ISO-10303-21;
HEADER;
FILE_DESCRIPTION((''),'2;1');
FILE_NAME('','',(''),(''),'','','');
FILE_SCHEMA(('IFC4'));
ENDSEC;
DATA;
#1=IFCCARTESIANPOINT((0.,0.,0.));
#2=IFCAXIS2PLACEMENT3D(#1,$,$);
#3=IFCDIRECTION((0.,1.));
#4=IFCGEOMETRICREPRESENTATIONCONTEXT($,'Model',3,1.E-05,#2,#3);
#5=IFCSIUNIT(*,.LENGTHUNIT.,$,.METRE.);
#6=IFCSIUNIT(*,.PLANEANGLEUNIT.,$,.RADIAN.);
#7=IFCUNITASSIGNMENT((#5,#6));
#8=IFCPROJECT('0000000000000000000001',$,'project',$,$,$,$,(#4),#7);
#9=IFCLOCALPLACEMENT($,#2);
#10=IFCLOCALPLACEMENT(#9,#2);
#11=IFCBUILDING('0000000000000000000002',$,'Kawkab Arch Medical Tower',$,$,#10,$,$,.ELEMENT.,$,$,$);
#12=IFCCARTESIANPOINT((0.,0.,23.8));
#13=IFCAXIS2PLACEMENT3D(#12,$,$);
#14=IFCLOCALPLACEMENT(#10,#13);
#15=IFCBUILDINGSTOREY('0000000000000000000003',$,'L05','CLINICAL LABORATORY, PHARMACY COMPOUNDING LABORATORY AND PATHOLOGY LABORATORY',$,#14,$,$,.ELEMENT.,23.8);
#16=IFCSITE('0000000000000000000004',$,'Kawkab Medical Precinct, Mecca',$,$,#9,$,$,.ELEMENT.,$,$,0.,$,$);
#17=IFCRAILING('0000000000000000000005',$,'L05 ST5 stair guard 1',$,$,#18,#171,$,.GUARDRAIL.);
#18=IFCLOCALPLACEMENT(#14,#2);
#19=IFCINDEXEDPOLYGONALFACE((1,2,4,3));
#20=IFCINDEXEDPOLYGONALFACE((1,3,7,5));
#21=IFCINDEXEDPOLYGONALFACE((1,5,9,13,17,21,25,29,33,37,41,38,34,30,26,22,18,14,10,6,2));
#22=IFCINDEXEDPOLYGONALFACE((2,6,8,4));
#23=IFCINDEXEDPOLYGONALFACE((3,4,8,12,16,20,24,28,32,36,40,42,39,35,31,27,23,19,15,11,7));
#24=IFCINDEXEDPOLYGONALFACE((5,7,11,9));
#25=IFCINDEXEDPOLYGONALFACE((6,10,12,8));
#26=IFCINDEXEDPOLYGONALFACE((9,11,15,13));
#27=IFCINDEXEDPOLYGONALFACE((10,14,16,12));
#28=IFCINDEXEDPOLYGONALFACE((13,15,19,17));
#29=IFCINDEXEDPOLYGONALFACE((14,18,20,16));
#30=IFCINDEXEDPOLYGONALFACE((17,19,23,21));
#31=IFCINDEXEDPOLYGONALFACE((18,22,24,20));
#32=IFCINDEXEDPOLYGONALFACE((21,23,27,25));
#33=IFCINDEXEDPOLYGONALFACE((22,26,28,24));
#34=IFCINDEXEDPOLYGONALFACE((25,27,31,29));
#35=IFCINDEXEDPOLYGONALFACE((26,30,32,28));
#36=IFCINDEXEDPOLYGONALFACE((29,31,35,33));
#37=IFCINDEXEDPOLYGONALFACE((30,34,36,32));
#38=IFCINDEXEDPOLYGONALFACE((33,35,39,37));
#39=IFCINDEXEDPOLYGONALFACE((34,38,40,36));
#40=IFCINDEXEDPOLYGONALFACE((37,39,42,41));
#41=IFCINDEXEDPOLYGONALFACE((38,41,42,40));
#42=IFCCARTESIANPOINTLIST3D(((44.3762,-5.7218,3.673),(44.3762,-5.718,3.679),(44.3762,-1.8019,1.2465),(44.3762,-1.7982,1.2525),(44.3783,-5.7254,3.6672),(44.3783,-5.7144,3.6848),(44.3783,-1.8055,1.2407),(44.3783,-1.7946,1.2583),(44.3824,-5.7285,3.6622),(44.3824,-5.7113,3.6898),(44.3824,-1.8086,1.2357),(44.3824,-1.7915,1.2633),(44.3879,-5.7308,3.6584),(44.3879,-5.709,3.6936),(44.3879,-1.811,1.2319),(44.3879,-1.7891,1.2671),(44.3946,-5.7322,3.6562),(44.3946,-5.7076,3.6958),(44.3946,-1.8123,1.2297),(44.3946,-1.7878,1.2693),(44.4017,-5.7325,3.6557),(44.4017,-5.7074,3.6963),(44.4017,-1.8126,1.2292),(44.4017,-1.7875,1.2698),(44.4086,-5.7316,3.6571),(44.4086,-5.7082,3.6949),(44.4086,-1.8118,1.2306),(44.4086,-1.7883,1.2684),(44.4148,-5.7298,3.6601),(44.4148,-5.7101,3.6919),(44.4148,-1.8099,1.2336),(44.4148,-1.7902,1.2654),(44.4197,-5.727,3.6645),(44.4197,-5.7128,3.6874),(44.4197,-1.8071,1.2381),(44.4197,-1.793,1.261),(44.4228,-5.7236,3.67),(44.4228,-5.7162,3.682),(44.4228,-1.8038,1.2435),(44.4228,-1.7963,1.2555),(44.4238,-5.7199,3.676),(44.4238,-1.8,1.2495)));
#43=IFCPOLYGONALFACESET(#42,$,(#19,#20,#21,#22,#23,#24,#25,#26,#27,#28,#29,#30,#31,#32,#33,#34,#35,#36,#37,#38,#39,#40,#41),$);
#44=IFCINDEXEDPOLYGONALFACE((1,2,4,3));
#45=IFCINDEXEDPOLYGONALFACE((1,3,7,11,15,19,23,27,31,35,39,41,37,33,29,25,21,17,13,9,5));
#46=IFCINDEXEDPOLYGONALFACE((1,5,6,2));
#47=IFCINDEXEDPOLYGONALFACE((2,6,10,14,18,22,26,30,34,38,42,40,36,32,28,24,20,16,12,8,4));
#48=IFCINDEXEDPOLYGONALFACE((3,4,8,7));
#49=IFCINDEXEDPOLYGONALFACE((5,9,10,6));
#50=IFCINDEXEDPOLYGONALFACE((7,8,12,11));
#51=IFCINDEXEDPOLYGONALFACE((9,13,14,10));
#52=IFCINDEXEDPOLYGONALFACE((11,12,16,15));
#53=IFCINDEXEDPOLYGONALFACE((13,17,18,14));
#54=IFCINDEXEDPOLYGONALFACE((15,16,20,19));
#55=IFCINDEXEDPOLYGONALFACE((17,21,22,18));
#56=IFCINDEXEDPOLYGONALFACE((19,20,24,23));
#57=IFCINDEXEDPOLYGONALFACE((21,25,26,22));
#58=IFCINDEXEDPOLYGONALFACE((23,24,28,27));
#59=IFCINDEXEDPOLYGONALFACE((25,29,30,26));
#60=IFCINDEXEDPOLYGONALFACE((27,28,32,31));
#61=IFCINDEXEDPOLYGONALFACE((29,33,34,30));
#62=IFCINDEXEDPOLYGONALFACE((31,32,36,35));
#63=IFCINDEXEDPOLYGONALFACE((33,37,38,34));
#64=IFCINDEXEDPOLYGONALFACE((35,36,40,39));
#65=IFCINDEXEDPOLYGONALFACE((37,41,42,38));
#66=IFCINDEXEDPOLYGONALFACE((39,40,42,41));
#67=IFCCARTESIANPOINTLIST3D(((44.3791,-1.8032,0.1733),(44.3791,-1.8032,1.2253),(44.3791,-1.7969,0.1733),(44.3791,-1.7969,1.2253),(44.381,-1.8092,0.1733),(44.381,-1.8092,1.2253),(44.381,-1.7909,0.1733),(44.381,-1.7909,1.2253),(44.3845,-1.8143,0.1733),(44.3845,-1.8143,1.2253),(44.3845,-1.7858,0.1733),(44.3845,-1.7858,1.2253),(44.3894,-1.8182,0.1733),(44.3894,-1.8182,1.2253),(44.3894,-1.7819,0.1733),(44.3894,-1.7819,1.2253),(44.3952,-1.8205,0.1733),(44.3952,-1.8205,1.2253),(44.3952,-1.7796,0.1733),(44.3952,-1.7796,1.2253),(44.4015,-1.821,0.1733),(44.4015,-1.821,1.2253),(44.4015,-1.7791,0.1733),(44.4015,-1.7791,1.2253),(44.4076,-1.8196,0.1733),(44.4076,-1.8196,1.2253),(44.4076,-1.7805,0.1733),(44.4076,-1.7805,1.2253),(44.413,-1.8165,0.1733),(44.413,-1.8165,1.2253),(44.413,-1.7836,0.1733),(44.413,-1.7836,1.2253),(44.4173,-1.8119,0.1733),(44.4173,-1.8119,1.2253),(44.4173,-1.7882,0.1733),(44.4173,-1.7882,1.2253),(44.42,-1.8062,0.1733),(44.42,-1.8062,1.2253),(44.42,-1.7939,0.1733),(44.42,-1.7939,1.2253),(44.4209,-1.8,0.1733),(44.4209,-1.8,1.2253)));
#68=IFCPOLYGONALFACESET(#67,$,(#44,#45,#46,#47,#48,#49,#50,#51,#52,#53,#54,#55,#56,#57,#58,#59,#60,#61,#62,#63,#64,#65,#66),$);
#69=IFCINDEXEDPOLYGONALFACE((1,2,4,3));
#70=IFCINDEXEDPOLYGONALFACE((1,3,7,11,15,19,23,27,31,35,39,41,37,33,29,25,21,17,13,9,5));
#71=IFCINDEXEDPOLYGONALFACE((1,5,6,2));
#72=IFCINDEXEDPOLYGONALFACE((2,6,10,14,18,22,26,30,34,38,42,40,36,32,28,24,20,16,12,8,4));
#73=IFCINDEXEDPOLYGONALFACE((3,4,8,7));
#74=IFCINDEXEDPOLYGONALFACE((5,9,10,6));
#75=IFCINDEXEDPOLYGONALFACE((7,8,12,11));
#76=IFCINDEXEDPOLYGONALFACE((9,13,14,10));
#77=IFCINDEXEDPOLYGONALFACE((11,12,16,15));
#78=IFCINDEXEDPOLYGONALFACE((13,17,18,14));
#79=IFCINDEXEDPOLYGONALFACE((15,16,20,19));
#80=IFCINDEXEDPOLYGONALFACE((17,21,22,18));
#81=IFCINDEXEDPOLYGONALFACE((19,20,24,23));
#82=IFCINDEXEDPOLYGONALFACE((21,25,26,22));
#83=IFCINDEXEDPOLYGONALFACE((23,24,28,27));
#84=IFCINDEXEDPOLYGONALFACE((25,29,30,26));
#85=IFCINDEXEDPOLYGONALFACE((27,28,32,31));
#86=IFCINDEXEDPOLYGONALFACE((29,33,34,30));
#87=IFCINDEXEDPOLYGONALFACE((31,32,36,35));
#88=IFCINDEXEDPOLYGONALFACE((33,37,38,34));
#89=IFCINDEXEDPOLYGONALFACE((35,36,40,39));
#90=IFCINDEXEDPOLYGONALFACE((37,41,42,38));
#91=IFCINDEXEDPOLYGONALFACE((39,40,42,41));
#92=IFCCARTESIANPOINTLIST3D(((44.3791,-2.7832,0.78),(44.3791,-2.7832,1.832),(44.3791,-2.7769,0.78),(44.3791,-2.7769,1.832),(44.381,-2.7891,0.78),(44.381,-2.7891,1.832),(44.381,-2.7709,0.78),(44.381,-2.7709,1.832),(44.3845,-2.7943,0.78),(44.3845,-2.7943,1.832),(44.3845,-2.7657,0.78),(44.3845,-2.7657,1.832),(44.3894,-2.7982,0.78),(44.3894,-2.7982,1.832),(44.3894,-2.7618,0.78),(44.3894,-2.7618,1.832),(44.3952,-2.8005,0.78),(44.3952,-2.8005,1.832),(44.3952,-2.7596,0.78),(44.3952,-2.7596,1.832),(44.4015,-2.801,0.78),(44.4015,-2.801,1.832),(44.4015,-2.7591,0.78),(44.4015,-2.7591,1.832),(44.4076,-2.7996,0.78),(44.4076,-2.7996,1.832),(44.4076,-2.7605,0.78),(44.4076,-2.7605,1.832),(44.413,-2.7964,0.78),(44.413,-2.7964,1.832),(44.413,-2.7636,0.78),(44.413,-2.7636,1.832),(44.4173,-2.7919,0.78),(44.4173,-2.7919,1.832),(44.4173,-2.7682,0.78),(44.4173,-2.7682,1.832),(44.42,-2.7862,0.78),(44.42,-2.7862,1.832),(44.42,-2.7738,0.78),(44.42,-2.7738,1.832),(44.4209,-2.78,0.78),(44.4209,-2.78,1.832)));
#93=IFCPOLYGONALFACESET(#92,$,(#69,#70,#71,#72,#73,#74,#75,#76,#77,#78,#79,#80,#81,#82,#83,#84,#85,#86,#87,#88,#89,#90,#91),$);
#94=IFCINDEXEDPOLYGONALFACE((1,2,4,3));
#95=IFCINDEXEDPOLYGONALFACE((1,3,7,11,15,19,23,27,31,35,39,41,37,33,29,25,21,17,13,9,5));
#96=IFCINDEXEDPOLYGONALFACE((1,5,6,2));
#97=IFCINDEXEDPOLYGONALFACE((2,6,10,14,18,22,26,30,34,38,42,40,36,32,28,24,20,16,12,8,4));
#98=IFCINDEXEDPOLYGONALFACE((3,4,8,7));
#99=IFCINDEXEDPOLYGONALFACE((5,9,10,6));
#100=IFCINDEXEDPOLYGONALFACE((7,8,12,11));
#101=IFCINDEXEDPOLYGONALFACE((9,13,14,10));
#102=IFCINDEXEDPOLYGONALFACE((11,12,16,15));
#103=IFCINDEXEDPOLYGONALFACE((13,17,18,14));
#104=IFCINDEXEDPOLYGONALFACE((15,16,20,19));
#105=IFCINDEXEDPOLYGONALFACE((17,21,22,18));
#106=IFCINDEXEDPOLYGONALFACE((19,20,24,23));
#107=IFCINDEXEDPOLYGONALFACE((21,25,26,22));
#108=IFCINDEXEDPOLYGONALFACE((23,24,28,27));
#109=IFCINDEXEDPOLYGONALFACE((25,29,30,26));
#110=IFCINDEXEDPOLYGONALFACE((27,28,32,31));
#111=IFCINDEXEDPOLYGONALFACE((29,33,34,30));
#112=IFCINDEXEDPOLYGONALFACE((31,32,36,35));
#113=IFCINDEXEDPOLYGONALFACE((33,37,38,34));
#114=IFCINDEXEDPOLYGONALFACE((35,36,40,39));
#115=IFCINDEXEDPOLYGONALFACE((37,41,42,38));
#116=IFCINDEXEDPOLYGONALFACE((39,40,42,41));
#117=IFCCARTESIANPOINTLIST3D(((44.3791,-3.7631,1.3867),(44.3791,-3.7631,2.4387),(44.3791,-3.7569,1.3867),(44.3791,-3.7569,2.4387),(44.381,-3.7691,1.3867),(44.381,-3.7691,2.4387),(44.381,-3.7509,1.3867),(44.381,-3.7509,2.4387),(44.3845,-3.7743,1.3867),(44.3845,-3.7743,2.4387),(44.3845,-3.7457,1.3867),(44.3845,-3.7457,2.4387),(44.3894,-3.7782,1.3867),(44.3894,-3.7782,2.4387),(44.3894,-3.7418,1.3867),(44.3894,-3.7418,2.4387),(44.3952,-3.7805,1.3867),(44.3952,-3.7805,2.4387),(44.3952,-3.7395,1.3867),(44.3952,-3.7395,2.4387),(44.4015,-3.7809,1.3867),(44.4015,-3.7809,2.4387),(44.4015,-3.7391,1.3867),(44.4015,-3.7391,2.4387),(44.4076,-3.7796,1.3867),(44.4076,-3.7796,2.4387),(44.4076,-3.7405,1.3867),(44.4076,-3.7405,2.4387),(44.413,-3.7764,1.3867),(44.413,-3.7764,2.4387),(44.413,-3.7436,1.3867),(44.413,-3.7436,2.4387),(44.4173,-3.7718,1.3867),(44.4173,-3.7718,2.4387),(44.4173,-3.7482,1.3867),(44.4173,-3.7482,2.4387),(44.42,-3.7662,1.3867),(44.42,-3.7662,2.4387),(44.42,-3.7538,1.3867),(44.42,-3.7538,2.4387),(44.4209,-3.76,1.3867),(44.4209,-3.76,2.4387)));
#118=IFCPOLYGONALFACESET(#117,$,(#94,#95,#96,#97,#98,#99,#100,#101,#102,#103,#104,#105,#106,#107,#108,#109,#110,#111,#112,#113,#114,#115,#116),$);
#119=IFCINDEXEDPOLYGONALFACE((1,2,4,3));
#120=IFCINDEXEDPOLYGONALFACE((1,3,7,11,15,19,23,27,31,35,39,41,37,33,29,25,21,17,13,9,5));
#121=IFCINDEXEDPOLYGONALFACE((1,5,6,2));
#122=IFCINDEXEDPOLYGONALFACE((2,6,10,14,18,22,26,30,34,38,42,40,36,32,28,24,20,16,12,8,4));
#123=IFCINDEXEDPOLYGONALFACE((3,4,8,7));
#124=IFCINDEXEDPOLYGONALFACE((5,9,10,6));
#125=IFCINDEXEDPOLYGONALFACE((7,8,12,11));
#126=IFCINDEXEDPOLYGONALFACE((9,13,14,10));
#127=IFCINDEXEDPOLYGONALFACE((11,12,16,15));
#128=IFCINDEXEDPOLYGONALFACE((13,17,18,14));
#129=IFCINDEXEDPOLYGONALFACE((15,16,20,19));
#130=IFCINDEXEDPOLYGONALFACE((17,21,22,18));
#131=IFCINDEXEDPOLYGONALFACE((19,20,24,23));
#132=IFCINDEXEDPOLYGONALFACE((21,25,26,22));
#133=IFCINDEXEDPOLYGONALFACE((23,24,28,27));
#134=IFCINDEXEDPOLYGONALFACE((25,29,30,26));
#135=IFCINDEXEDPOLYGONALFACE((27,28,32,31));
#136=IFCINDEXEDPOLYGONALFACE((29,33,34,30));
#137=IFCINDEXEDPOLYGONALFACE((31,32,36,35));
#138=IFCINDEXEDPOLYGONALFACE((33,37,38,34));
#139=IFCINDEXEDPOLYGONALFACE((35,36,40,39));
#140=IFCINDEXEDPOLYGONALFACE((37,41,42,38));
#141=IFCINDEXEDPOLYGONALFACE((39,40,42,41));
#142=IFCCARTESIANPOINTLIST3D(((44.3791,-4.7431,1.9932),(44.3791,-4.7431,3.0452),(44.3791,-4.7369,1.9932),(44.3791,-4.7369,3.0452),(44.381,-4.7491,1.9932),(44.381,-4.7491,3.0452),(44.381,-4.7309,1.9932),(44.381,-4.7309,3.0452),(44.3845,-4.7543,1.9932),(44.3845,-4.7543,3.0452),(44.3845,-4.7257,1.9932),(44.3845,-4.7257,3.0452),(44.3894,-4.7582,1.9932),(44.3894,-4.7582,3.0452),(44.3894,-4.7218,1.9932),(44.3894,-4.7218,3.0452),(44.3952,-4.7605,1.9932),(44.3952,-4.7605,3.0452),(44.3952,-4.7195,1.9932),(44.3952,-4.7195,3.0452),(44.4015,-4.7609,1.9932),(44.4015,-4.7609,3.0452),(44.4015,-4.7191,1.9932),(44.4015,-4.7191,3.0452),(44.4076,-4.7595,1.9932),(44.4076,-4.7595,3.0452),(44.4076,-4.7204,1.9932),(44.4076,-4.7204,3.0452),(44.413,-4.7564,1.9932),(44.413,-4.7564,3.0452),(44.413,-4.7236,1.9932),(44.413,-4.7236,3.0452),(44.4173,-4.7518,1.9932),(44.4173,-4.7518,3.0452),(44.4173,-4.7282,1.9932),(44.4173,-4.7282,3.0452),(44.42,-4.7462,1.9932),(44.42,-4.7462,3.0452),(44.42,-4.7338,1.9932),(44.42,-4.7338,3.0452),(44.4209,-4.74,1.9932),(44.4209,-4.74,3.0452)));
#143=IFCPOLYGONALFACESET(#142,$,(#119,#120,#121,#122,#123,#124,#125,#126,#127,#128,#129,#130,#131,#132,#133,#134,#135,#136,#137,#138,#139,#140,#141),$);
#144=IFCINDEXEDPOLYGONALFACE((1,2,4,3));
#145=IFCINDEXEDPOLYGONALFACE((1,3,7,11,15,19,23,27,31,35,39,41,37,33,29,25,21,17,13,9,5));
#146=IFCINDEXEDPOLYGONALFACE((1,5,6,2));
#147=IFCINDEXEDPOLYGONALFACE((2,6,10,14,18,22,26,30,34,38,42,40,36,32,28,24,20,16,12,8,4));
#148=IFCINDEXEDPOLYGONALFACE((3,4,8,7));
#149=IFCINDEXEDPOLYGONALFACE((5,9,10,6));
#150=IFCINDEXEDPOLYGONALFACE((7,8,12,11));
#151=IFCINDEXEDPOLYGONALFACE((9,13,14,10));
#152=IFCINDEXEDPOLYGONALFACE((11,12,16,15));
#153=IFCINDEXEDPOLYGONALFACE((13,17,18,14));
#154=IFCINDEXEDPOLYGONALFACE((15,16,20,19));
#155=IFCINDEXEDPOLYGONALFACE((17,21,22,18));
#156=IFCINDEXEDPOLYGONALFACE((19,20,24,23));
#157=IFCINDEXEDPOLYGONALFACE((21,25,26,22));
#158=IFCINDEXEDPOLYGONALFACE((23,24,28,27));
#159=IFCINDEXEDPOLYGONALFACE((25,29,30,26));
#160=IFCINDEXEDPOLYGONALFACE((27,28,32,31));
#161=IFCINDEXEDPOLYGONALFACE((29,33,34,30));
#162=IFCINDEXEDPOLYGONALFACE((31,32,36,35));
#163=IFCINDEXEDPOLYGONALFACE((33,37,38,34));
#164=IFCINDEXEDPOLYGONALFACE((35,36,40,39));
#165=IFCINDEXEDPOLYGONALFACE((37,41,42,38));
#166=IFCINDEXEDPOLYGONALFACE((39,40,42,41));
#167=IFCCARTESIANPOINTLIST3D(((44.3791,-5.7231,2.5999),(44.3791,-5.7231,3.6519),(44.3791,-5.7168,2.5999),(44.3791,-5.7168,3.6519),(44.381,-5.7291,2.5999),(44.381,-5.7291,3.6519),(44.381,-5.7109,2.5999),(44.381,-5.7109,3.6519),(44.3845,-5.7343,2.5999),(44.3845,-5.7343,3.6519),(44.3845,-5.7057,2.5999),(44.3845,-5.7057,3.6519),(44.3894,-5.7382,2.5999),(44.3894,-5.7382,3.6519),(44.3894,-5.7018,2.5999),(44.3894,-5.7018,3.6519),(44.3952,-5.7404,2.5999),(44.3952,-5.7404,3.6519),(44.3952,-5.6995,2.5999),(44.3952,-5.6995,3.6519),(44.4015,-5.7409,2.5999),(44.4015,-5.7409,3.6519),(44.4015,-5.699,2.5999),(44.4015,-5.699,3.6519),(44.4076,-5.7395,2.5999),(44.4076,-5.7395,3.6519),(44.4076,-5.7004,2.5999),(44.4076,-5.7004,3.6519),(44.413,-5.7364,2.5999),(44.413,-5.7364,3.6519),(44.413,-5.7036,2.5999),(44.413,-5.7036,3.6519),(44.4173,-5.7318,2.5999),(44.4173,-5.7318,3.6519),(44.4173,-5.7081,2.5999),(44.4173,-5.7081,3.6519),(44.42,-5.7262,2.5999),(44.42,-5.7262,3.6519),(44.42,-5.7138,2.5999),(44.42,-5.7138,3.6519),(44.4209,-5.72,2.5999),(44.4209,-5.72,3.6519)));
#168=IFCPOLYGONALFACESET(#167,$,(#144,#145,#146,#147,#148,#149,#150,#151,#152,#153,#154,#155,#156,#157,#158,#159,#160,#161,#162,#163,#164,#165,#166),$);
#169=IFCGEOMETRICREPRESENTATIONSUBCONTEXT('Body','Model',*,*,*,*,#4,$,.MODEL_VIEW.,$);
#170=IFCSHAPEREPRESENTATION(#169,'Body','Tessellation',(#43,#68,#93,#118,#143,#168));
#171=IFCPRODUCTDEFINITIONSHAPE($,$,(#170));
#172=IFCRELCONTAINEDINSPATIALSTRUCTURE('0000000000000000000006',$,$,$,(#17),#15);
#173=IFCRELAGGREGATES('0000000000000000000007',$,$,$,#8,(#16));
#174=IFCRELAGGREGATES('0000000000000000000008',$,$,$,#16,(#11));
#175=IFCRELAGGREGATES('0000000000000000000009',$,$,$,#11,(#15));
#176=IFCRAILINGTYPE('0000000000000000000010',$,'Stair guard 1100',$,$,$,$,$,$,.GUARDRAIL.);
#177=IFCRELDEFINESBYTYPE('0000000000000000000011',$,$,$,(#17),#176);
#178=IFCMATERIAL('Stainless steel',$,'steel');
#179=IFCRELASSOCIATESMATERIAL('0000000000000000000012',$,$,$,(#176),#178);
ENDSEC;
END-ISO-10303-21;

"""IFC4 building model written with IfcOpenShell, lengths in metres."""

from ifc_helpers import new_model, si_unit, direction, frame, origin, origin_2d, place, context, subcontext, project, spatial, circle, extrude, material, type_object, element, save


model = new_model("IFC4")

# Units and contexts
model_context = context("Model", 3, precision=1e-05, world=origin(), true_north=direction((0.0, 1.0)))
body_context = subcontext(model_context, "Body", "Model", "MODEL_VIEW")
ifc_project = project(units=[si_unit("LENGTHUNIT", "METRE"), si_unit("PLANEANGLEUNIT", "RADIAN")], contexts=[model_context])

# Site, building, storey
site_placement = place(None, origin())
site = spatial("IfcSite", under=ifc_project, at=site_placement, Name="Kawkab Medical Precinct, Mecca", CompositionType="ELEMENT", RefElevation=0.0)
building_placement = place(site_placement, origin())
building = spatial("IfcBuilding", under=site, at=building_placement, Name="Kawkab Arch Medical Tower", CompositionType="ELEMENT")
storey_placement = place(building_placement, frame((0.0, 0.0, 23.8)))
storey = spatial("IfcBuildingStorey", under=building, at=storey_placement, Name="L05", Description="CLINICAL LABORATORY, PHARMACY COMPOUNDING LABORATORY AND PATHOLOGY LABORATORY", CompositionType="ELEMENT", Elevation=23.8)

# Railing
ifc_material_1 = material(Name="Stainless steel", Category="steel")
railing_type = type_object("IfcRailingType", Name="Stair guard 1100", PredefinedType="GUARDRAIL", material=ifc_material_1)
railing_1_placement = place(storey_placement, frame((44.3999, -1.8, 0.1733)))
element("IfcRailing", 1, at=railing_1_placement, inside=storey, type_object=railing_type, Name="L05 ST5 stair guard 1", PredefinedType="GUARDRAIL", context=body_context, shape_type="SweptSolid", body=[
    extrude(circle(Radius=0.0239, at=origin_2d()), frame((0.0, 0.0, 1.0762), z_axis=(0.0, -0.850275, 0.526338), x_axis=(1.0, 0.0, 0.0)), (0.0, 0.0, 1.0), 4.6101),
    extrude(circle(Radius=0.021, at=origin_2d()), origin(), (0.0, 0.0, 1.0), 1.052),
    extrude(circle(Radius=0.021, at=origin_2d()), frame((0.0, -0.98, 0.6067)), (0.0, 0.0, 1.0), 1.052),
    extrude(circle(Radius=0.021, at=origin_2d()), frame((0.0, -1.96, 1.2134)), (0.0, 0.0, 1.0), 1.052),
    extrude(circle(Radius=0.021, at=origin_2d()), frame((0.0, -2.9399, 1.8198)), (0.0, 0.0, 1.0), 1.052),
    extrude(circle(Radius=0.021, at=origin_2d()), frame((0.0, -3.9199, 2.4265)), (0.0, 0.0, 1.0), 1.052),
])

save(model, "model.ifc")
